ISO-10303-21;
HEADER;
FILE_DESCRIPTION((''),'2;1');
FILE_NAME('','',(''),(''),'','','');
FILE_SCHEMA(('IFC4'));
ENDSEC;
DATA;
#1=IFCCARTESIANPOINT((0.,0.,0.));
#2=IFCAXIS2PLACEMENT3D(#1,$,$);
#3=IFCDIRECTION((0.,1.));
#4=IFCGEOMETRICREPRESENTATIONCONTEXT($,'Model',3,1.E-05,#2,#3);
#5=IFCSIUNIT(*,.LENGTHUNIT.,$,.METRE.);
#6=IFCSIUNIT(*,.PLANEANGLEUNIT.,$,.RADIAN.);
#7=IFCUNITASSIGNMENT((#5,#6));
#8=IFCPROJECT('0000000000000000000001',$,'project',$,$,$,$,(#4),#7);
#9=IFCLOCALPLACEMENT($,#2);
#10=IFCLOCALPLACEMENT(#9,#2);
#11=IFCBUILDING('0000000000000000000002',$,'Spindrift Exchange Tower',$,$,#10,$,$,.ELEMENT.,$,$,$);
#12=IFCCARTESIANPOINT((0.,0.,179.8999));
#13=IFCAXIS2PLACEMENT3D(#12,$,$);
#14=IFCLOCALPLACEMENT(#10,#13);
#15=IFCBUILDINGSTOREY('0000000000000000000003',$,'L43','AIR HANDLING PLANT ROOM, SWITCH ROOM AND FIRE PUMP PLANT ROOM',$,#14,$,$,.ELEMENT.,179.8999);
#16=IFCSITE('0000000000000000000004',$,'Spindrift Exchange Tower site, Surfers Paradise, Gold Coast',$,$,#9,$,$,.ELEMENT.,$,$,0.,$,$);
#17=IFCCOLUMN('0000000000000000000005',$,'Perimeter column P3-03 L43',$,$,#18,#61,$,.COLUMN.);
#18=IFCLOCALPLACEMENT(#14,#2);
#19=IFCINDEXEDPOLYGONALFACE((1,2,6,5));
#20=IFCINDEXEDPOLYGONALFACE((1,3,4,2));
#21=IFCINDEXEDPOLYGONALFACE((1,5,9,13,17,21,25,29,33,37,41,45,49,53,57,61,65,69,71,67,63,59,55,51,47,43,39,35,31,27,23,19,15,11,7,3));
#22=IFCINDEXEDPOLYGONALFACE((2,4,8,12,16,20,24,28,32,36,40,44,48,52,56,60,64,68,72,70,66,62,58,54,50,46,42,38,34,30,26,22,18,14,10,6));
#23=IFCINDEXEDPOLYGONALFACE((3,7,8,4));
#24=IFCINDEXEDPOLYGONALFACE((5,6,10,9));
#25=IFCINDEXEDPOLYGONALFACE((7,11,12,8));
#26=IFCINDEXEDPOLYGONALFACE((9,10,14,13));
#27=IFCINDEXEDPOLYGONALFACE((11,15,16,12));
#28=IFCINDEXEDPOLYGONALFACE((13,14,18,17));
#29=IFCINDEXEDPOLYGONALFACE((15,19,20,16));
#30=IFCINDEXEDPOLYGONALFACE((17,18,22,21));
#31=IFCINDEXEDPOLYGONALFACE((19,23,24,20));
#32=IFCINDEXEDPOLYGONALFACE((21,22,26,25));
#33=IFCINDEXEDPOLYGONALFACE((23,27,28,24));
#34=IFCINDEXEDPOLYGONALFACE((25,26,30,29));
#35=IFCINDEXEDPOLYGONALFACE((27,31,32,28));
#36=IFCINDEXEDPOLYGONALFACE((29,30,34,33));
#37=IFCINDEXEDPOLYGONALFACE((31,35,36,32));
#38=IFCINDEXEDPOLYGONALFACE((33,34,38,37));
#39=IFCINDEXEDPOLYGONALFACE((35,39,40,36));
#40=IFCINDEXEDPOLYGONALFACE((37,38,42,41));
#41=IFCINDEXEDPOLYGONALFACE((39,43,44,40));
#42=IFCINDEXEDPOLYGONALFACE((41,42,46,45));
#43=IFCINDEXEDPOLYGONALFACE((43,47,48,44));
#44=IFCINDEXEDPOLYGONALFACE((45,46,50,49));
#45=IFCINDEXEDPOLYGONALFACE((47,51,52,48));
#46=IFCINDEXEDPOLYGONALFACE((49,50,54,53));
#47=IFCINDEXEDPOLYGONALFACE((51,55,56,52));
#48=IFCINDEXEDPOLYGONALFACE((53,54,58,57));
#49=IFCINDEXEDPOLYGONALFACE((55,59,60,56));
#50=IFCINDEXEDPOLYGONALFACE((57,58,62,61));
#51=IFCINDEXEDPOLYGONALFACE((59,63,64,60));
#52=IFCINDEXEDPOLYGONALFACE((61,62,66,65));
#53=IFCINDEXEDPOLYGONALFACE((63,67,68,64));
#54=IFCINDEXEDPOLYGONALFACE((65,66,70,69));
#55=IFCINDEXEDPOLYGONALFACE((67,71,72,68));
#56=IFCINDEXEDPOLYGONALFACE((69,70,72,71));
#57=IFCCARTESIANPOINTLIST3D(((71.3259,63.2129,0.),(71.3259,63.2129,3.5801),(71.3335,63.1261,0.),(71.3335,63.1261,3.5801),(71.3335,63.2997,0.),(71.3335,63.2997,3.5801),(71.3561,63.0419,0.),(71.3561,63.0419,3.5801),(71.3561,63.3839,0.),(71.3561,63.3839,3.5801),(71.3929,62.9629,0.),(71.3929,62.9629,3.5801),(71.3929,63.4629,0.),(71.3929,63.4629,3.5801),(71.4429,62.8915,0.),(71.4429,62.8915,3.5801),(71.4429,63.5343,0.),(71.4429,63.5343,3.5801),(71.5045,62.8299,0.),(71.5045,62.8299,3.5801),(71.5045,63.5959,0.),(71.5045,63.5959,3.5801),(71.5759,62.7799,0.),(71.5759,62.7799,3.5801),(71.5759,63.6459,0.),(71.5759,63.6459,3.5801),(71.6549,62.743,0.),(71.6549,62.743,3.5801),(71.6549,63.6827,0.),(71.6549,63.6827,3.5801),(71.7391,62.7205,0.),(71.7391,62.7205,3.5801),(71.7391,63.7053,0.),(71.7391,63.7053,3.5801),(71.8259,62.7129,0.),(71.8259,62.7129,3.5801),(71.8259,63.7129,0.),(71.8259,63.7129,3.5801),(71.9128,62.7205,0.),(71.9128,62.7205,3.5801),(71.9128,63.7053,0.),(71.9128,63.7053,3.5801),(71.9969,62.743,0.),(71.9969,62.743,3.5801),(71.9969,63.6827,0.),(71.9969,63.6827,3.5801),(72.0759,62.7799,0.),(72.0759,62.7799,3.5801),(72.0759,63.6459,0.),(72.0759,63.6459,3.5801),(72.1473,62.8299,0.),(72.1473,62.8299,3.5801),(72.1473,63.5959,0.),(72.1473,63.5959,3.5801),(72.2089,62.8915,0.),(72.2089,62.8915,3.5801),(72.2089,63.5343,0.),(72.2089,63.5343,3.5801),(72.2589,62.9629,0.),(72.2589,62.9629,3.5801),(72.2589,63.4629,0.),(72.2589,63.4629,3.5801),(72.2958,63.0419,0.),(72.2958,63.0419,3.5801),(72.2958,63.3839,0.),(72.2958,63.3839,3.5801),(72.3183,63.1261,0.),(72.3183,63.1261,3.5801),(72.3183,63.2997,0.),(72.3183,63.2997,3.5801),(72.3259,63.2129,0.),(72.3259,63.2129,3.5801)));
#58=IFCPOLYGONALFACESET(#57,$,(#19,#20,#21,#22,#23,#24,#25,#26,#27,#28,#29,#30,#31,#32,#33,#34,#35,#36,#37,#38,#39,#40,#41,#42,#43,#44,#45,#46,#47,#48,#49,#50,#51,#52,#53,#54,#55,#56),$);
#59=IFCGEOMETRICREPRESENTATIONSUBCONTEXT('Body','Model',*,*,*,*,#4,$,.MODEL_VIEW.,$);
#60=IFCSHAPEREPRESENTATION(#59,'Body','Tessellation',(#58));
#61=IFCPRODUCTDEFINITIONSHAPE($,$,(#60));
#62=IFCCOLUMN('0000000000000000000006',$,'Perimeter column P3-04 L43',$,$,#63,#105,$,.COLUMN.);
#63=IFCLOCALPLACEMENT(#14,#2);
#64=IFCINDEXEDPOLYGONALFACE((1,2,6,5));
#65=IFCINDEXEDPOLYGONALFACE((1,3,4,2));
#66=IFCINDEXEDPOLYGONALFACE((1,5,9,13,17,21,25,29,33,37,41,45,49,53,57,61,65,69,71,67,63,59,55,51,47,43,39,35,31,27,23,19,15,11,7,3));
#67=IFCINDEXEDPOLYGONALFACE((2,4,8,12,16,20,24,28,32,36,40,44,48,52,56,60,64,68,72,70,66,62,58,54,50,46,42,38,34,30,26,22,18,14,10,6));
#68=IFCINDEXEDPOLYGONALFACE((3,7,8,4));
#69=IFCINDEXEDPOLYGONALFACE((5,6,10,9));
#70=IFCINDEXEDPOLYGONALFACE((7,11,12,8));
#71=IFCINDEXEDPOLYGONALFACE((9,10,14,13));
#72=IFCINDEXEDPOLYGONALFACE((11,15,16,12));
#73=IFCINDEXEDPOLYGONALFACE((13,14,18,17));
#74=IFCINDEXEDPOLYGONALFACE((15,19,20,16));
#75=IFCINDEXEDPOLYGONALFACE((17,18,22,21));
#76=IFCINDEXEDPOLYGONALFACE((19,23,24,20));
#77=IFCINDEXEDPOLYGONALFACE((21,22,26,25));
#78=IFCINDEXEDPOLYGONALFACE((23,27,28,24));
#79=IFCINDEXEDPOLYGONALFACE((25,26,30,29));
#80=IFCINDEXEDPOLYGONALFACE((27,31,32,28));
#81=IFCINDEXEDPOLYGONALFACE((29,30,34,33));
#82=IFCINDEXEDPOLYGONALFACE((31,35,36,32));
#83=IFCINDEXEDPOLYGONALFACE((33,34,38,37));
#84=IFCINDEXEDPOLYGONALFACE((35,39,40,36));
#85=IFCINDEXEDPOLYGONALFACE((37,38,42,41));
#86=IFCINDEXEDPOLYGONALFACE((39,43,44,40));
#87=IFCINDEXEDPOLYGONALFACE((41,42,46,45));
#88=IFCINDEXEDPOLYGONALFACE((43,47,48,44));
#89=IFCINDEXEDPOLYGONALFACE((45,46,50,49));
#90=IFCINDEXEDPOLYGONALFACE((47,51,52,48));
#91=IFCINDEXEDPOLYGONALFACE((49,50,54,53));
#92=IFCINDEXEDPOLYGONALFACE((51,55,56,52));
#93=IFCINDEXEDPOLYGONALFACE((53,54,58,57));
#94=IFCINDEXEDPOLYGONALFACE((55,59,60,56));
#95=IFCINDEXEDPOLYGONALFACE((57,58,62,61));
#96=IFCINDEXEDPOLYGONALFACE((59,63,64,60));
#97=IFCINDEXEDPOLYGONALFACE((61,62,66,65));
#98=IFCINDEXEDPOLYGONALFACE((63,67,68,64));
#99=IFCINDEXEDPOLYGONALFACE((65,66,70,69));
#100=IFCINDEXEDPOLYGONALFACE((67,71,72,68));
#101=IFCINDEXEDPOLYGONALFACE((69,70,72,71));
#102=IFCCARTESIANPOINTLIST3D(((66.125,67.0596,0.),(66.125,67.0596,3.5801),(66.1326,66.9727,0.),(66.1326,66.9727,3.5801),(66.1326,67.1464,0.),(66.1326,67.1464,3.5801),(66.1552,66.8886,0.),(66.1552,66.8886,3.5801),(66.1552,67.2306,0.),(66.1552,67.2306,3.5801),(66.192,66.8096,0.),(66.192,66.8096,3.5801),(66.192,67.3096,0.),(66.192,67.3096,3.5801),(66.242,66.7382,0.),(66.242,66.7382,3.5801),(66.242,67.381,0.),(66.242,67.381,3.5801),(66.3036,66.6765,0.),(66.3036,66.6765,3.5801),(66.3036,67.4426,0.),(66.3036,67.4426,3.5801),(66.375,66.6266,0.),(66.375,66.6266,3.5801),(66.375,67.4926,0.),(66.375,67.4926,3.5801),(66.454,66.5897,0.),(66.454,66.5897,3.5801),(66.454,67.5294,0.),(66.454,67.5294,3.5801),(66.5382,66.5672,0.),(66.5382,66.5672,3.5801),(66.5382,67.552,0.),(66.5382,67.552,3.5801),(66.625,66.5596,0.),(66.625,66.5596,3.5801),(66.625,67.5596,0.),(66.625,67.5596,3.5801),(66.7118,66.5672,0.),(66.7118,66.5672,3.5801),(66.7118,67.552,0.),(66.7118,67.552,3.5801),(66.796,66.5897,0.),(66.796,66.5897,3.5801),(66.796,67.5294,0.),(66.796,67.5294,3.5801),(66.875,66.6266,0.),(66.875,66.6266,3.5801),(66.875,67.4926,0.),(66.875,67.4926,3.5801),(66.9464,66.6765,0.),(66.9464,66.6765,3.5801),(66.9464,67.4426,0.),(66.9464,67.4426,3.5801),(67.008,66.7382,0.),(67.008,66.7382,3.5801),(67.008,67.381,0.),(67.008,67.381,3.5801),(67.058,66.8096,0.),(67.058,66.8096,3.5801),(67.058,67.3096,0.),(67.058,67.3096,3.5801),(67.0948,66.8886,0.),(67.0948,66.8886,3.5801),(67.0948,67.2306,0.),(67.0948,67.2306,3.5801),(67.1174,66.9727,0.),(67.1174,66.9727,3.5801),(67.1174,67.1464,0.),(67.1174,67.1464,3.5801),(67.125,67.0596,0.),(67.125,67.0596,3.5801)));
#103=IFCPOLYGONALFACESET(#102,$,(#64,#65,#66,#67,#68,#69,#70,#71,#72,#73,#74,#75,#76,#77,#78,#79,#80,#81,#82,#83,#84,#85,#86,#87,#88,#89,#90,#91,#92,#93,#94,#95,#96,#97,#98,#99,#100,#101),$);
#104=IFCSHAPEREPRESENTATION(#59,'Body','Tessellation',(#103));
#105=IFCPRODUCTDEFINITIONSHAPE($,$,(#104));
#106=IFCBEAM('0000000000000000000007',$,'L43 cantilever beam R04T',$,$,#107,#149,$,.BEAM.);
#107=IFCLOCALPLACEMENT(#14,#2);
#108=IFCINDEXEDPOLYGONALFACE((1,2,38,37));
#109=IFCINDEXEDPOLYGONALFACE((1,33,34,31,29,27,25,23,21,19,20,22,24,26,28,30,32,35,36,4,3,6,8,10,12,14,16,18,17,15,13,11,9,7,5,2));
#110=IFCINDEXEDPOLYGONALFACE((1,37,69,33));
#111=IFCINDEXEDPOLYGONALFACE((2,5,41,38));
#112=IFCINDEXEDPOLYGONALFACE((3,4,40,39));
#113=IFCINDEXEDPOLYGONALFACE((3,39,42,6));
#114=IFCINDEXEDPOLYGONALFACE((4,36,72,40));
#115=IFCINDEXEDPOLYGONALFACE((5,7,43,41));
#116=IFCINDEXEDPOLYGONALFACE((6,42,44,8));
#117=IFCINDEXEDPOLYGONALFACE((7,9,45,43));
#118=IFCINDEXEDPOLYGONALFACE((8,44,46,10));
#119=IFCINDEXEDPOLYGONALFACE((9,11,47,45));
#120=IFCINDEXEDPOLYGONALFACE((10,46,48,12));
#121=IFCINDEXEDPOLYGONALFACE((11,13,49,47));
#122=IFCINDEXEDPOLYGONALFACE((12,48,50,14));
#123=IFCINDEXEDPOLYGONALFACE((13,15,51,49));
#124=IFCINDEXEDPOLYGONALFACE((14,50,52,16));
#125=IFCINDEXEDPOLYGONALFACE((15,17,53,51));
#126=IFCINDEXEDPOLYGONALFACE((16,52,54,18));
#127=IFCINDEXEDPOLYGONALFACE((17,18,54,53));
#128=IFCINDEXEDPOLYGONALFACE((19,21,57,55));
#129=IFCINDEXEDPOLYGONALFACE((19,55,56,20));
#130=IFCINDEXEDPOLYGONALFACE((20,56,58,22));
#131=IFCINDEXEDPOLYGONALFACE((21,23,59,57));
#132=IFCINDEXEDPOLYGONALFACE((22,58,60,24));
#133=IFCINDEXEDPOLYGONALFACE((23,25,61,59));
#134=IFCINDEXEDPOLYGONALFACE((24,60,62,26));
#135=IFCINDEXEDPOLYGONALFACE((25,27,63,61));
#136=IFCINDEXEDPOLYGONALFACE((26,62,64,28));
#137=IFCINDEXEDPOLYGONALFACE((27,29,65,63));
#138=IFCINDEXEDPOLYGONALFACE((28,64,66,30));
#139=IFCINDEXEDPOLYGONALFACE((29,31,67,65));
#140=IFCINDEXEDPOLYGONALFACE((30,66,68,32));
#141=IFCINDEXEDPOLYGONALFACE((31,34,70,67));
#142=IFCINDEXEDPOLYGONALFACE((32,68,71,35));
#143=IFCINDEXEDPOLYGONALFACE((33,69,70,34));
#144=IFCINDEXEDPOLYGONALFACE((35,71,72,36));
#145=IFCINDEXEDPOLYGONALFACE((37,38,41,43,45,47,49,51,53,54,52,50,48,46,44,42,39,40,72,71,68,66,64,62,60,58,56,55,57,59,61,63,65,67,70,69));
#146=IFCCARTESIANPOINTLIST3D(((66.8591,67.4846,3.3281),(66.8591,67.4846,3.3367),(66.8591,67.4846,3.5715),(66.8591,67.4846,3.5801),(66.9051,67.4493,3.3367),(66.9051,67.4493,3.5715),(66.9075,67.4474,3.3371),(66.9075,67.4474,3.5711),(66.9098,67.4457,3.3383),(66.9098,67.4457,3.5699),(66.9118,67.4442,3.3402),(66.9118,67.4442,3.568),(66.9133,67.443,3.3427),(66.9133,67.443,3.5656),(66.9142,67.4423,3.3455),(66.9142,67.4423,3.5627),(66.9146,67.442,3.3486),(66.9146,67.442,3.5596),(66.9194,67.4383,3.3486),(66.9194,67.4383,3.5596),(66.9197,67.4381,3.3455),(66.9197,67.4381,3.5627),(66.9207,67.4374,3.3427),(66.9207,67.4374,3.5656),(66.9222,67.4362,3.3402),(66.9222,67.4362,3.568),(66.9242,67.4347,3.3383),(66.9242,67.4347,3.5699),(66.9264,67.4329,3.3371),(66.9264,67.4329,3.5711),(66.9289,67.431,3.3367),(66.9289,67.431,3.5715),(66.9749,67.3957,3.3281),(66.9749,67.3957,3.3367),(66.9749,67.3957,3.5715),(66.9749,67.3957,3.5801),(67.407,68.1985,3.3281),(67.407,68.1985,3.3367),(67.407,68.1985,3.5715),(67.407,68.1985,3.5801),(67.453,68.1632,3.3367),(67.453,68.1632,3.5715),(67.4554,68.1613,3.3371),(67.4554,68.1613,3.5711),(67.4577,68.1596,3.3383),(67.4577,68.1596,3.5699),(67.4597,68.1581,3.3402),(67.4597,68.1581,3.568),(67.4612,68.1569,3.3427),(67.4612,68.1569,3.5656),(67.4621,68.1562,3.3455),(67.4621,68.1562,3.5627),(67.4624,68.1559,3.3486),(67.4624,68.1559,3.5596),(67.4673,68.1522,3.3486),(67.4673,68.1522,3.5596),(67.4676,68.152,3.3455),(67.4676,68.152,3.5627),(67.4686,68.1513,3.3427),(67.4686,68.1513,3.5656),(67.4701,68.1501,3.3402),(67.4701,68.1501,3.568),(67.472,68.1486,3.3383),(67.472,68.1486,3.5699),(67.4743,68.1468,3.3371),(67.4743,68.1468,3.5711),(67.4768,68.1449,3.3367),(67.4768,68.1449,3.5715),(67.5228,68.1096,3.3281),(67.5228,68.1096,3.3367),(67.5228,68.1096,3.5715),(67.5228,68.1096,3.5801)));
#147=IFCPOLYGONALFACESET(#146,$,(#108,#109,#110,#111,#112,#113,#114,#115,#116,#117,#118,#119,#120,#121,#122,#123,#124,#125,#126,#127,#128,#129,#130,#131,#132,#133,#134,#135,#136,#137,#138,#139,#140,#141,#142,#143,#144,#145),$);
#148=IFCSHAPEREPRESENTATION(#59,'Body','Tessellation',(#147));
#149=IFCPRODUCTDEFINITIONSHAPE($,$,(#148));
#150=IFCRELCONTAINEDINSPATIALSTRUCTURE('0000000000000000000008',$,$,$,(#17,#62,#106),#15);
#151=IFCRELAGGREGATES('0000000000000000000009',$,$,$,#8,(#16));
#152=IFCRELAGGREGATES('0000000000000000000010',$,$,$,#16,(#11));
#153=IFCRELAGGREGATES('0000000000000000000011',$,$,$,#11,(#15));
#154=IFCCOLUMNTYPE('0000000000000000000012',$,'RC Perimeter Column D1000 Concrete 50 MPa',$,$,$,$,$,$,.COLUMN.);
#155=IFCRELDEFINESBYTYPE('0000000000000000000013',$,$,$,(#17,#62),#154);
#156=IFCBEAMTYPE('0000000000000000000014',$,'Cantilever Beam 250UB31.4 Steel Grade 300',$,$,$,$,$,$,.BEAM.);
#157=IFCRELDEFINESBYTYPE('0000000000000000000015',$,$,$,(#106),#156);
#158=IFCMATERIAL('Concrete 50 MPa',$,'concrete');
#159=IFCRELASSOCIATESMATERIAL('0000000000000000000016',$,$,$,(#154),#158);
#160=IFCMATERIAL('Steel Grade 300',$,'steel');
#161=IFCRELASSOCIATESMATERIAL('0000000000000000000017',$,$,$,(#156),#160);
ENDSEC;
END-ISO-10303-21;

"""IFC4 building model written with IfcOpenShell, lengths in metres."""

from ifc_helpers import new_model, si_unit, direction, frame, origin, origin_2d, place, context, subcontext, project, spatial, circle, i_section, extrude, source, transform, mapped, material, material_profile, profile_set, type_object, element, save


model = new_model("IFC4")

# Units and contexts
model_context = context("Model", 3, precision=1e-05, world=origin(), true_north=direction((0.0, 1.0)))
body_context = subcontext(model_context, "Body", "Model", "MODEL_VIEW")
ifc_project = project(units=[si_unit("LENGTHUNIT", "METRE"), si_unit("PLANEANGLEUNIT", "RADIAN")], contexts=[model_context])

# Site, building, storey
site_placement = place(None, origin())
site = spatial("IfcSite", under=ifc_project, at=site_placement, Name="Spindrift Exchange Tower site, Surfers Paradise, Gold Coast", CompositionType="ELEMENT", RefElevation=0.0)
building_placement = place(site_placement, origin())
building = spatial("IfcBuilding", under=site, at=building_placement, Name="Spindrift Exchange Tower", CompositionType="ELEMENT")
storey_placement = place(building_placement, frame((0.0, 0.0, 179.8999)))
storey = spatial("IfcBuildingStorey", under=building, at=storey_placement, Name="L43", Description="AIR HANDLING PLANT ROOM, SWITCH ROOM AND FIRE PUMP PLANT ROOM", CompositionType="ELEMENT", Elevation=179.8999)

# Columns
ifc_material_1 = material(Name="Concrete 50 MPa", Category="concrete")
ifc_material_profile_1 = material_profile(ifc_material_1, circle(Radius=0.5, at=origin_2d()), Name="RC D1000")
ifc_profile_set_1 = profile_set([ifc_material_profile_1], Name="Concrete 50 MPa")
column_type = type_object("IfcColumnType", Name="RC Perimeter Column D1000 Concrete 50 MPa", PredefinedType="COLUMN", material=ifc_profile_set_1)
shared_shape_1 = source(origin(), body_context, "Body", "SweptSolid", [
    extrude(circle(Radius=0.5, at=origin_2d()), origin(), (0.0, 0.0, 1.0), 3.5801),
])
for number, where, z_axis, x_axis, name in (
    (1, (71.8259, 63.2129, 0.0), (0.0, 0.0, 1.0), (1.0, 0.0, 0.0), "Perimeter column P3-03 L43"),
    (2, (66.625, 67.0596, 0.0), (0.0, 0.0, 1.0), (1.0, 0.0, 0.0), "Perimeter column P3-04 L43"),
):
    element("IfcColumn", number, at=place(storey_placement, frame(where, z_axis=z_axis, x_axis=x_axis)), inside=storey, type_object=column_type, Name=name, PredefinedType="COLUMN", context=body_context, shape_type="MappedRepresentation", body=[
        mapped(shared_shape_1, transform((0.0, 0.0, 0.0), scale=1.0)),
    ])

# Beam
ifc_material_2 = material(Name="Steel Grade 300", Category="steel")
ifc_material_profile_2 = material_profile(ifc_material_2, i_section(OverallWidth=0.146, OverallDepth=0.252, WebThickness=0.0061, FlangeThickness=0.0085, FilletRadius=0.012, at=origin_2d()), Name="250UB31.4")
ifc_profile_set_2 = profile_set([ifc_material_profile_2], Name="Steel Grade 300")
beam_type_1 = type_object("IfcBeamType", Name="Cantilever Beam 250UB31.4 Steel Grade 300", PredefinedType="BEAM", material=ifc_profile_set_2)
shared_shape_2 = source(origin(), body_context, "Body", "SweptSolid", [
    extrude(i_section(OverallWidth=0.146, OverallDepth=0.252, WebThickness=0.0061, FlangeThickness=0.0085, FilletRadius=0.012, at=origin_2d()), origin(), (0.0, 0.0, 1.0), 0.8999),
])
beam_1_placement = place(storey_placement, frame((66.917, 67.4402, 3.4541), z_axis=(0.608819, 0.793309, 0.0), x_axis=(-0.793309, 0.608819, 0.0)))
element("IfcBeam", 3, at=beam_1_placement, inside=storey, type_object=beam_type_1, Name="L43 cantilever beam R04T", PredefinedType="BEAM", context=body_context, shape_type="MappedRepresentation", body=[
    mapped(shared_shape_2, transform((0.0, 0.0, 0.0), scale=1.0)),
])

save(model, "model.ifc")
